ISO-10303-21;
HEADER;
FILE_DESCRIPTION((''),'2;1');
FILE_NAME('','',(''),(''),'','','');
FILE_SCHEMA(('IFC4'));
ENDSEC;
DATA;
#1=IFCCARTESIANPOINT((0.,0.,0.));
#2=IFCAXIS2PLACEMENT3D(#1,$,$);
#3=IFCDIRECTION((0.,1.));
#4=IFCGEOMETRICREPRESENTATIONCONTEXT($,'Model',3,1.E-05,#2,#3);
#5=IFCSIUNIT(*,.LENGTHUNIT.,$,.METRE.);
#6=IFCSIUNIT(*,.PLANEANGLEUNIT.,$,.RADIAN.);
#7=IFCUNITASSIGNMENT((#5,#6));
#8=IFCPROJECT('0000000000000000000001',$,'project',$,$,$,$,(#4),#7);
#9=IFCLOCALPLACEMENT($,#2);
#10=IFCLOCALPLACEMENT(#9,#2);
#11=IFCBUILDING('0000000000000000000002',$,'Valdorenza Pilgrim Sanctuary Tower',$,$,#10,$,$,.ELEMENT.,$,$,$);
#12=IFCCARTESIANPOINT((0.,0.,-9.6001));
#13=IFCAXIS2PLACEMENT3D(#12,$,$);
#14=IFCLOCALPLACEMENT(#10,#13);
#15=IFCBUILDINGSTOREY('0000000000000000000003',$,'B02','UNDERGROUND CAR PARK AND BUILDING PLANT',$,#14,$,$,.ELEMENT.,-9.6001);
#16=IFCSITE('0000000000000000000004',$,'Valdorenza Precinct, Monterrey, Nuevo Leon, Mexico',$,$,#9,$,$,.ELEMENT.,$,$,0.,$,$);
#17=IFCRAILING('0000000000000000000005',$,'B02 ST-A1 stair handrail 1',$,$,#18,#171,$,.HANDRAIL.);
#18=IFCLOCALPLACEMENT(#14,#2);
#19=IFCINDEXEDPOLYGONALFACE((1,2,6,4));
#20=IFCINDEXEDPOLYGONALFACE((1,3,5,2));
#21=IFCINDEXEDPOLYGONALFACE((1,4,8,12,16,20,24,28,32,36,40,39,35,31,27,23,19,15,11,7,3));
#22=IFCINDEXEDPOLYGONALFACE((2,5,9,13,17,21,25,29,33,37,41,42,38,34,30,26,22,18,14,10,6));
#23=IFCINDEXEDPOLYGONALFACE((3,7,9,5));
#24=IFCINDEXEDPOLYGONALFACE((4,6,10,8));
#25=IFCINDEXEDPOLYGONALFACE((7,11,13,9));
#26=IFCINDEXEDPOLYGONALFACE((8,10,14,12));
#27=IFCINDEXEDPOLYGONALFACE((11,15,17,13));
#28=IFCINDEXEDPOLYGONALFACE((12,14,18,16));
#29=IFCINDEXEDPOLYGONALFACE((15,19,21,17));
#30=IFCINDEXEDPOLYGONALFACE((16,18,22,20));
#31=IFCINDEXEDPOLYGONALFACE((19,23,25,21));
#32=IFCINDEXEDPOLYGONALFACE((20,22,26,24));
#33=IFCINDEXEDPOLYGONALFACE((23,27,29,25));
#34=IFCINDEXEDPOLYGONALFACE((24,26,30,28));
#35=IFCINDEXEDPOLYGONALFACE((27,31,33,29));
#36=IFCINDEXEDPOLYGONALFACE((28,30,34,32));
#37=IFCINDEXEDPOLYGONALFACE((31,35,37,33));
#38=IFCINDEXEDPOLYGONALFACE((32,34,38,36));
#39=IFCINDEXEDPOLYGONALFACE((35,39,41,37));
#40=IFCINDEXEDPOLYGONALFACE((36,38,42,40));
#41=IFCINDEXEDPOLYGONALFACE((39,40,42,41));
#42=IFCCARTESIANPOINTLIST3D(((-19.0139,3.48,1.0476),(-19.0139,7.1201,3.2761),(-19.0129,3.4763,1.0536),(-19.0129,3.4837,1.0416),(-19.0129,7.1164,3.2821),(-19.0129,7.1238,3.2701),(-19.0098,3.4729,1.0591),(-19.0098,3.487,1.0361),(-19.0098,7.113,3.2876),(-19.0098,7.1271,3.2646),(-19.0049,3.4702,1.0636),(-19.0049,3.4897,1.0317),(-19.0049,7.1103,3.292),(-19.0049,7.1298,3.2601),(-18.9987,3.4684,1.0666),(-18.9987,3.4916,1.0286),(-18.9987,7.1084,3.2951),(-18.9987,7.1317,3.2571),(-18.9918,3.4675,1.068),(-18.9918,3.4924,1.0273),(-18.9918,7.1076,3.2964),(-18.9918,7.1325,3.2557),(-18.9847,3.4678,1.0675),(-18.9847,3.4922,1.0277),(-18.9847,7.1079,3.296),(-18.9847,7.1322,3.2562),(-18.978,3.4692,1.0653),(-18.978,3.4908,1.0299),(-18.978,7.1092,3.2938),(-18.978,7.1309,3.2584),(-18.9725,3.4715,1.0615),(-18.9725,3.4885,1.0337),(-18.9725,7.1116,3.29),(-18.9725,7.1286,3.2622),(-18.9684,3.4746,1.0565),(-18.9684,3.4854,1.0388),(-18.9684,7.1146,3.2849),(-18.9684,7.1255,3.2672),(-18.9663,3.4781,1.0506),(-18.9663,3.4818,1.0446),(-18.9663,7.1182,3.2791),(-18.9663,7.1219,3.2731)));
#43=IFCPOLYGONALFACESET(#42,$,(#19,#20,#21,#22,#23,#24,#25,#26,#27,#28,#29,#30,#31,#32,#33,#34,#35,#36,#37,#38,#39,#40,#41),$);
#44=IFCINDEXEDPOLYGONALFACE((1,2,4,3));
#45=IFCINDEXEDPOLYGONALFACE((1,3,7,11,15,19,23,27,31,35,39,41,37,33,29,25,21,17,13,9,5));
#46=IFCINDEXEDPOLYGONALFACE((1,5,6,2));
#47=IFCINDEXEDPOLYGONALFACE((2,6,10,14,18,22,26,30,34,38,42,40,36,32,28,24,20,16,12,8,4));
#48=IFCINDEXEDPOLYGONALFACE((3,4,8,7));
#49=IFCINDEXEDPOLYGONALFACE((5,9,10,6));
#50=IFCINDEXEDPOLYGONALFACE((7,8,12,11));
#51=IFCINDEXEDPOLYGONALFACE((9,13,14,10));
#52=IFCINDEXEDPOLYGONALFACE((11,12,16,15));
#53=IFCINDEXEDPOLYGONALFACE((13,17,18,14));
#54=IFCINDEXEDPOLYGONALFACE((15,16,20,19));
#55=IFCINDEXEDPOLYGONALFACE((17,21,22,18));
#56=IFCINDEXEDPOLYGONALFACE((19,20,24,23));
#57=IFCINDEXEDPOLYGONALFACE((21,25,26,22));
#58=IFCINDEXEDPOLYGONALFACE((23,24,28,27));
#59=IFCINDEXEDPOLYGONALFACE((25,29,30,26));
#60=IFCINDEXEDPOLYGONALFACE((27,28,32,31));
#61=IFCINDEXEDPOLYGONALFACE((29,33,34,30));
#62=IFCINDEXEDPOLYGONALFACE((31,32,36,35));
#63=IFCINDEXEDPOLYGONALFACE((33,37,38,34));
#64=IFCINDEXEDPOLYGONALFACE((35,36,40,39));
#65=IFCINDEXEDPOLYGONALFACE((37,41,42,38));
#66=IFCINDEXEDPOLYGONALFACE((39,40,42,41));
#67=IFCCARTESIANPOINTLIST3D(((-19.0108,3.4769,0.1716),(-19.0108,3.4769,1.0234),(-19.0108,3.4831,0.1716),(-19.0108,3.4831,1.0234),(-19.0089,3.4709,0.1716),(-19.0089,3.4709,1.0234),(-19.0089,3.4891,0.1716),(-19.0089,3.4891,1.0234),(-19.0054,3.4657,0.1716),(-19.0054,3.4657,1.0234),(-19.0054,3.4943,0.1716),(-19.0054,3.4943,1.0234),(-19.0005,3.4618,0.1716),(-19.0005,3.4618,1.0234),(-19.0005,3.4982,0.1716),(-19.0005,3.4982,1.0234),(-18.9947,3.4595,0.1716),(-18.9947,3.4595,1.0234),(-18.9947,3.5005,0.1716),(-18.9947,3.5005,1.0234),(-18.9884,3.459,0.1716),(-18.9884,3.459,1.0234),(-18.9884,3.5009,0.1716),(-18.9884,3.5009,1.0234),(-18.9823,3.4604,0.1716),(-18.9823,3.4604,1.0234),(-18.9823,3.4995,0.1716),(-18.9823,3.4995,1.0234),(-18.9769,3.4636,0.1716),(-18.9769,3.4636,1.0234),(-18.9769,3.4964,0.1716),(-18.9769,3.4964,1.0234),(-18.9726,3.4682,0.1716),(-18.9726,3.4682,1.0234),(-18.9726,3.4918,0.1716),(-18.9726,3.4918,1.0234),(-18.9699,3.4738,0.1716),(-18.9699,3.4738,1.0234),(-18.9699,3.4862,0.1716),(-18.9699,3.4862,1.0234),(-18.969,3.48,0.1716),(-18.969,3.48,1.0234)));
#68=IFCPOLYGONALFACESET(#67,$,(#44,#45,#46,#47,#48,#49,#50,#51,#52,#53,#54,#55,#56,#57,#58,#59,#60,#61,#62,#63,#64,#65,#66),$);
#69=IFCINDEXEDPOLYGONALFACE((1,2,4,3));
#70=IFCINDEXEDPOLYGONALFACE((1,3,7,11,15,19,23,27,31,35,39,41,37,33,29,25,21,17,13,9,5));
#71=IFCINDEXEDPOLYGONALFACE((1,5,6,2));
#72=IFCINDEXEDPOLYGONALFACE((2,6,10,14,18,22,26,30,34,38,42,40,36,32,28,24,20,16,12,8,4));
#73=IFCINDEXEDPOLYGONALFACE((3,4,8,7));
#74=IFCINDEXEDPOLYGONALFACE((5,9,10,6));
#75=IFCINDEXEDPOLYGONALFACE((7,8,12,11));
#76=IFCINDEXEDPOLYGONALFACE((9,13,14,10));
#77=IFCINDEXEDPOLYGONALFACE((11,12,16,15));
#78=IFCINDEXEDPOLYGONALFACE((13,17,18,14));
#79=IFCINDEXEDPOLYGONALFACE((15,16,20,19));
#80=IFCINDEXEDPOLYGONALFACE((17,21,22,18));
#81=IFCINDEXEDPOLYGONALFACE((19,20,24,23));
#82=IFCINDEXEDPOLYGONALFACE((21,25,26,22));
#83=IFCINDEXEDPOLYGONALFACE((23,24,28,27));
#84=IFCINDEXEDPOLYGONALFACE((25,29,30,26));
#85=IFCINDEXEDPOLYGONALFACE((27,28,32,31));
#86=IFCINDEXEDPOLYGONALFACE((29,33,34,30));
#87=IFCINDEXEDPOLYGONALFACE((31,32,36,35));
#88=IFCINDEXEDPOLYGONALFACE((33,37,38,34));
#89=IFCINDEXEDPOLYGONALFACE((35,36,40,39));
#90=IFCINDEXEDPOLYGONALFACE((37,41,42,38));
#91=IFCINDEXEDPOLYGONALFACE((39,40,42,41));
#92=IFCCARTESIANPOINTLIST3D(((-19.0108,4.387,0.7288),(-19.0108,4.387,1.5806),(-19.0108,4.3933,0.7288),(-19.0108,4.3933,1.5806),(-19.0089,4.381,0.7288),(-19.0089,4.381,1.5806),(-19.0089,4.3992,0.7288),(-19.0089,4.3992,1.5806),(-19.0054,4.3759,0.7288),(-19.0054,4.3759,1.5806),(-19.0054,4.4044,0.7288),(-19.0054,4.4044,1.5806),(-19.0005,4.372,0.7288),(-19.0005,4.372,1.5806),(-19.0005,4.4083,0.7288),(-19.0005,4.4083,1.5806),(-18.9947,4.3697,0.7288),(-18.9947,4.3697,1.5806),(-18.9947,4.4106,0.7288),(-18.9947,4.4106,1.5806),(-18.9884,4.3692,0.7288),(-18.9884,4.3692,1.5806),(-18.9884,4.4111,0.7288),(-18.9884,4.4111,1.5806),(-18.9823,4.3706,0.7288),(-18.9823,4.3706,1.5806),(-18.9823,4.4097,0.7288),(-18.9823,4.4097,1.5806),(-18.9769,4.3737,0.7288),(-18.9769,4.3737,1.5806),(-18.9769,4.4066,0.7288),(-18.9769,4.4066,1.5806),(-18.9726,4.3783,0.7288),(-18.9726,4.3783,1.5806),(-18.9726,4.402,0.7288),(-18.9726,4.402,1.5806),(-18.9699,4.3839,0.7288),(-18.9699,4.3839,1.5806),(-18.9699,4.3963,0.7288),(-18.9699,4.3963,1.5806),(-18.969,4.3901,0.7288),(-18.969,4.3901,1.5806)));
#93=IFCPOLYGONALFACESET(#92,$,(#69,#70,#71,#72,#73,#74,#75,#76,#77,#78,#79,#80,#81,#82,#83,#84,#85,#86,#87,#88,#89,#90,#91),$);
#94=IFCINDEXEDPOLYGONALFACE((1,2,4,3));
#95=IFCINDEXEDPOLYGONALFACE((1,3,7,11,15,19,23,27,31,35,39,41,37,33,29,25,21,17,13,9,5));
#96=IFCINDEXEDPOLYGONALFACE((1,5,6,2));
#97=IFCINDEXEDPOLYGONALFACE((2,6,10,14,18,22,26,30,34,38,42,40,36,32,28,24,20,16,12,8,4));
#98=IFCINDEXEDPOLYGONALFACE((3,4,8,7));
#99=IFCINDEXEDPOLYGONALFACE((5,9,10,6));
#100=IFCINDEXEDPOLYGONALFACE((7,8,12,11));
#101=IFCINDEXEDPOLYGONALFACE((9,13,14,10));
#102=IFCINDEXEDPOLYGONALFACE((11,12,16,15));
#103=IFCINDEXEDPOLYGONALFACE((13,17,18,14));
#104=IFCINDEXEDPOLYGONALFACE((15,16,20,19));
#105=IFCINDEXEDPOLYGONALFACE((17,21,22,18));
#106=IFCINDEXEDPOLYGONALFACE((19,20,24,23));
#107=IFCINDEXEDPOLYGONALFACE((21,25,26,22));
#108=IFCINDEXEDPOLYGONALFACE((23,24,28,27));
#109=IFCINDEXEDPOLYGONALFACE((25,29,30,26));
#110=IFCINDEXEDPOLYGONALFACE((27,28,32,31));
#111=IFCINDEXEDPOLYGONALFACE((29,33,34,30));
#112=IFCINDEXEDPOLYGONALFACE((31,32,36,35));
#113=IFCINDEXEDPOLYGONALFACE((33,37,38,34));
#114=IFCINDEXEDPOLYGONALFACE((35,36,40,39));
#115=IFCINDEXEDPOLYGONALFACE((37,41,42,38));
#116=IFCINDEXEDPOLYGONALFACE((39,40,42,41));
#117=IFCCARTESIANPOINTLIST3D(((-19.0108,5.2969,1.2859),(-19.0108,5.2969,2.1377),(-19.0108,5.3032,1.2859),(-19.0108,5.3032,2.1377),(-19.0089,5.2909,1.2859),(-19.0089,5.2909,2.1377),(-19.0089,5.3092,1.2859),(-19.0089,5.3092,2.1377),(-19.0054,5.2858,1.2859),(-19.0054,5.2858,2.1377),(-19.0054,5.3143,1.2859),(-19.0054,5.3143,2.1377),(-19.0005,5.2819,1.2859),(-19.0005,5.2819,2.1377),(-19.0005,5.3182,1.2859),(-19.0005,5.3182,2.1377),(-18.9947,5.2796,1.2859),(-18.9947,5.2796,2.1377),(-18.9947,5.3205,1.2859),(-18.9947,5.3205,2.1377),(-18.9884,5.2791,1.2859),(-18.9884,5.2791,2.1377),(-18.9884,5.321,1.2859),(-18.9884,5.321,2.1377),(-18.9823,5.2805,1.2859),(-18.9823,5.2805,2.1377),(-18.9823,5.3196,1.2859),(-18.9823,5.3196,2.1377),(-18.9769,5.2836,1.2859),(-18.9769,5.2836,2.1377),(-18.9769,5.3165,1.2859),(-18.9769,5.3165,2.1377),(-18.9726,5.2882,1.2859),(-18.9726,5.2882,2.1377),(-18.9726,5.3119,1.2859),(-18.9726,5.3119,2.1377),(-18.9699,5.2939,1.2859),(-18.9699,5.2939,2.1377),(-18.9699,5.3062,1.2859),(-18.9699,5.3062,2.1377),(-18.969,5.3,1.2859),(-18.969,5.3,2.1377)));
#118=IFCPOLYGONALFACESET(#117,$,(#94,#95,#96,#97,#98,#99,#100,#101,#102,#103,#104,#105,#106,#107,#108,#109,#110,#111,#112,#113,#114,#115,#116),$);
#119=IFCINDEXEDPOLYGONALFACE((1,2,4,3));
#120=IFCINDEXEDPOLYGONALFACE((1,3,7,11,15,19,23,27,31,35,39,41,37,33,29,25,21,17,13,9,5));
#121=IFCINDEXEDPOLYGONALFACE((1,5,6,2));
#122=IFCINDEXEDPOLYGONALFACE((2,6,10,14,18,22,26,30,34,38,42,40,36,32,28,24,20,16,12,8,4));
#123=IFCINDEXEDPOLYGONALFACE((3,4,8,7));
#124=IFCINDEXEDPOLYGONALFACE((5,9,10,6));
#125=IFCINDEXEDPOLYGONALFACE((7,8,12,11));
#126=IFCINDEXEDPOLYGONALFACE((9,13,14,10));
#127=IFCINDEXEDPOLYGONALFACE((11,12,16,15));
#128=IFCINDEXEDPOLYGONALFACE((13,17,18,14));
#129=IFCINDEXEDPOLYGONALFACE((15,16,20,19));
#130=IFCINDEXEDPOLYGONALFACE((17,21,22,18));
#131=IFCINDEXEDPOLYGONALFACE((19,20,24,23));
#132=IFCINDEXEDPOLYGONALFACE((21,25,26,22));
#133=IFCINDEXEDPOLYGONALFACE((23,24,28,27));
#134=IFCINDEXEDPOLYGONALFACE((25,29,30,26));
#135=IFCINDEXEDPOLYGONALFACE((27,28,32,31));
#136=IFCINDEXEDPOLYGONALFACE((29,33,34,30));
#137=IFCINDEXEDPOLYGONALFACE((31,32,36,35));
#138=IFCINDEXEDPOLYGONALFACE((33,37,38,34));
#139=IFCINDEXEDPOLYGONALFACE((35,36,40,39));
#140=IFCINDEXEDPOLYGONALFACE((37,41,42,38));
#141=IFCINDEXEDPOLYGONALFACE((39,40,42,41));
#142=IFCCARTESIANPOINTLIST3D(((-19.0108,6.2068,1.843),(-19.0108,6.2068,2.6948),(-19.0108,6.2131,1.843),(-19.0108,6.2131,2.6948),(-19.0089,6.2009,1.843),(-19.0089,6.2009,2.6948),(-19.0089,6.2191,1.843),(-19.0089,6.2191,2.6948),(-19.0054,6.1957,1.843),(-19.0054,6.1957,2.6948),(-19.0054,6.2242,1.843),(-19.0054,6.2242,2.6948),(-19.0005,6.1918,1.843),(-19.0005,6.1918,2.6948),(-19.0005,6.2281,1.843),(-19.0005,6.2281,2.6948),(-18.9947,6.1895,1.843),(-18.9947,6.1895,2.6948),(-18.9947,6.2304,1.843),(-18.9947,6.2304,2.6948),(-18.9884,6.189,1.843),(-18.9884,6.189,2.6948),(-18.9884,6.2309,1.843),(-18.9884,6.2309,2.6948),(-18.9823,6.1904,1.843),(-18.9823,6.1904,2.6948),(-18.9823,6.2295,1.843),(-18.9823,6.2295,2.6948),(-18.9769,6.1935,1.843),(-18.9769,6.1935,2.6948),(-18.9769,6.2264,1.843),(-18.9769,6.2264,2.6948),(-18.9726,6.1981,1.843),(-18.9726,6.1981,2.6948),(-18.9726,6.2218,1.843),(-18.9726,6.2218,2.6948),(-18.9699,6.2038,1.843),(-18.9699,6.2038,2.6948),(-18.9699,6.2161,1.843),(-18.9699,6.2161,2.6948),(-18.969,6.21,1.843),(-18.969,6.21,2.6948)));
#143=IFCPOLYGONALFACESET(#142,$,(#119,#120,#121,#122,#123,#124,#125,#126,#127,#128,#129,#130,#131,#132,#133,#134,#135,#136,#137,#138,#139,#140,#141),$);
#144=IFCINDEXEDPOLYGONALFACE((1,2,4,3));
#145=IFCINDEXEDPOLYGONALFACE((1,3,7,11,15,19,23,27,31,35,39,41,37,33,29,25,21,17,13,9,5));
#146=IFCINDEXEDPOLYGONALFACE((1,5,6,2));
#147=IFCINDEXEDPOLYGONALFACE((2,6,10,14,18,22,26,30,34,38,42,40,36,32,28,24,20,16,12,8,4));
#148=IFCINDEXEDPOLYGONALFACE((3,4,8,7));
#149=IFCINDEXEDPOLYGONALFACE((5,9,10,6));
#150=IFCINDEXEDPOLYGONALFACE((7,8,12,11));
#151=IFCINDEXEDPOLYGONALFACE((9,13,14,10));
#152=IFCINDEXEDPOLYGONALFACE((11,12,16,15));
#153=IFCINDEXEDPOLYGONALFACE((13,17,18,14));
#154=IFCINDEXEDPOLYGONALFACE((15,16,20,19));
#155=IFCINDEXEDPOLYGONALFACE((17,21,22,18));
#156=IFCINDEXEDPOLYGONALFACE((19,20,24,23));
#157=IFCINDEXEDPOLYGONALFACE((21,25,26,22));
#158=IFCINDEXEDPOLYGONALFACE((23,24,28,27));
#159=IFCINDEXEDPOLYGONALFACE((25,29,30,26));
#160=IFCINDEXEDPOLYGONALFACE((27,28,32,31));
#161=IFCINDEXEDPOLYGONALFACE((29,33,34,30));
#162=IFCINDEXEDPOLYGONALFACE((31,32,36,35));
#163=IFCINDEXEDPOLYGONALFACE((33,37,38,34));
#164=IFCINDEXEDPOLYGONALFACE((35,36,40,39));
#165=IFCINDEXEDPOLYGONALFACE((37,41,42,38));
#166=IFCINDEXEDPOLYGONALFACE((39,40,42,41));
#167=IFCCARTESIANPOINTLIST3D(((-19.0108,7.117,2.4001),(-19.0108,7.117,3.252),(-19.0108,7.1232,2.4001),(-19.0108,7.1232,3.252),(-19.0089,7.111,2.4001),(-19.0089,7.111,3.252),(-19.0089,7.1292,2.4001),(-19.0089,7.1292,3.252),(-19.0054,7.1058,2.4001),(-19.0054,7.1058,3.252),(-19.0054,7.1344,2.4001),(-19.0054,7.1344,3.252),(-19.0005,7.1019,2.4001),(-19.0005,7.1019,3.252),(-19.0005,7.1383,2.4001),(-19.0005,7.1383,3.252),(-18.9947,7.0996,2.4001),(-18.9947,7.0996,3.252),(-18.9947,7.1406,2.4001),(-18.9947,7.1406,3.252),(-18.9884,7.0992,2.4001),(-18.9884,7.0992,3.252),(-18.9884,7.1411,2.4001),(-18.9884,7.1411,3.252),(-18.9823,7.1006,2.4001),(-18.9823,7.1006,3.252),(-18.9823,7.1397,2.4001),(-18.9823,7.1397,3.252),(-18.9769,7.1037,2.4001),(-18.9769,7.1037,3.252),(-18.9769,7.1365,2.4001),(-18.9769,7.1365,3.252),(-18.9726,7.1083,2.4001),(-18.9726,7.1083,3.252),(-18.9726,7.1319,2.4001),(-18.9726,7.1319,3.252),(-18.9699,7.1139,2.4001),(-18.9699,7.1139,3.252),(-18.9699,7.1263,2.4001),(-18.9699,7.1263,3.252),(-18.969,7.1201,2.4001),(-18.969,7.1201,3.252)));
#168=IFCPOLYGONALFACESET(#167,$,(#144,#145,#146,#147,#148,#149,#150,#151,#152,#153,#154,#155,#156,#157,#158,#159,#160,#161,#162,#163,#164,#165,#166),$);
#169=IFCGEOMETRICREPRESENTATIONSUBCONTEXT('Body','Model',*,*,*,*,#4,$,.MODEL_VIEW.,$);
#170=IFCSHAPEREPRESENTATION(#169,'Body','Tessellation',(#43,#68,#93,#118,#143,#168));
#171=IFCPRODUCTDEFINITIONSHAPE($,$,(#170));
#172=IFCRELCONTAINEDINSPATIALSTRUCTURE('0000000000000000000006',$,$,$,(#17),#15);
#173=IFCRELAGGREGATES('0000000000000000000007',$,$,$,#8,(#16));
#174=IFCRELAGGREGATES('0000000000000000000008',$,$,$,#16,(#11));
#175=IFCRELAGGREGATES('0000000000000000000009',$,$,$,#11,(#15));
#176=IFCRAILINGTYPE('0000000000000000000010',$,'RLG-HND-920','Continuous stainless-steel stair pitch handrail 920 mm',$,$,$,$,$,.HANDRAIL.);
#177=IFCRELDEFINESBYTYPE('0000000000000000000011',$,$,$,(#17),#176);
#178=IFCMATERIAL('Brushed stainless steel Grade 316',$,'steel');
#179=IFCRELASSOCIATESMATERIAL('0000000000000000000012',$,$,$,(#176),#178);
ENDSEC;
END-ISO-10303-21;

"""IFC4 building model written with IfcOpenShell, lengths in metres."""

from ifc_helpers import new_model, si_unit, direction, frame, origin, origin_2d, place, context, subcontext, project, spatial, circle, extrude, material, type_object, element, save


model = new_model("IFC4")

# Units and contexts
model_context = context("Model", 3, precision=1e-05, world=origin(), true_north=direction((0.0, 1.0)))
body_context = subcontext(model_context, "Body", "Model", "MODEL_VIEW")
ifc_project = project(units=[si_unit("LENGTHUNIT", "METRE"), si_unit("PLANEANGLEUNIT", "RADIAN")], contexts=[model_context])

# Site, building, storey
site_placement = place(None, origin())
site = spatial("IfcSite", under=ifc_project, at=site_placement, Name="Valdorenza Precinct, Monterrey, Nuevo Leon, Mexico", CompositionType="ELEMENT", RefElevation=0.0)
building_placement = place(site_placement, origin())
building = spatial("IfcBuilding", under=site, at=building_placement, Name="Valdorenza Pilgrim Sanctuary Tower", CompositionType="ELEMENT")
storey_placement = place(building_placement, frame((0.0, 0.0, -9.6001)))
storey = spatial("IfcBuildingStorey", under=building, at=storey_placement, Name="B02", Description="UNDERGROUND CAR PARK AND BUILDING PLANT", CompositionType="ELEMENT", Elevation=-9.6001)

# Railing
ifc_material_1 = material(Name="Brushed stainless steel Grade 316", Category="steel")
railing_type_1 = type_object("IfcRailingType", Name="RLG-HND-920", Description="Continuous stainless-steel stair pitch handrail 920 mm", PredefinedType="HANDRAIL", material=ifc_material_1)
railing_1_placement = place(storey_placement, frame((-18.99, 3.48, 0.1716)))
element("IfcRailing", 1, at=railing_1_placement, inside=storey, type_object=railing_type_1, Name="B02 ST-A1 stair handrail 1", PredefinedType="HANDRAIL", context=body_context, shape_type="SweptSolid", body=[
    extrude(circle(Radius=0.0239, at=origin_2d()), frame((0.0, 0.0, 0.876), z_axis=(0.0, 0.852866, 0.52213), x_axis=(-1.0, 0.0, 0.0)), (0.0, 0.0, 1.0), 4.2681),
    extrude(circle(Radius=0.021, at=origin_2d()), origin(), (0.0, 0.0, 1.0), 0.8518),
    extrude(circle(Radius=0.021, at=origin_2d()), frame((0.0, 0.9102, 0.5571)), (0.0, 0.0, 1.0), 0.8518),
    extrude(circle(Radius=0.021, at=origin_2d()), frame((0.0, 1.8201, 1.1143)), (0.0, 0.0, 1.0), 0.8518),
    extrude(circle(Radius=0.021, at=origin_2d()), frame((0.0, 2.73, 1.6714)), (0.0, 0.0, 1.0), 0.8518),
    extrude(circle(Radius=0.021, at=origin_2d()), frame((0.0, 3.6401, 2.2285)), (0.0, 0.0, 1.0), 0.8518),
])

save(model, "model.ifc")
